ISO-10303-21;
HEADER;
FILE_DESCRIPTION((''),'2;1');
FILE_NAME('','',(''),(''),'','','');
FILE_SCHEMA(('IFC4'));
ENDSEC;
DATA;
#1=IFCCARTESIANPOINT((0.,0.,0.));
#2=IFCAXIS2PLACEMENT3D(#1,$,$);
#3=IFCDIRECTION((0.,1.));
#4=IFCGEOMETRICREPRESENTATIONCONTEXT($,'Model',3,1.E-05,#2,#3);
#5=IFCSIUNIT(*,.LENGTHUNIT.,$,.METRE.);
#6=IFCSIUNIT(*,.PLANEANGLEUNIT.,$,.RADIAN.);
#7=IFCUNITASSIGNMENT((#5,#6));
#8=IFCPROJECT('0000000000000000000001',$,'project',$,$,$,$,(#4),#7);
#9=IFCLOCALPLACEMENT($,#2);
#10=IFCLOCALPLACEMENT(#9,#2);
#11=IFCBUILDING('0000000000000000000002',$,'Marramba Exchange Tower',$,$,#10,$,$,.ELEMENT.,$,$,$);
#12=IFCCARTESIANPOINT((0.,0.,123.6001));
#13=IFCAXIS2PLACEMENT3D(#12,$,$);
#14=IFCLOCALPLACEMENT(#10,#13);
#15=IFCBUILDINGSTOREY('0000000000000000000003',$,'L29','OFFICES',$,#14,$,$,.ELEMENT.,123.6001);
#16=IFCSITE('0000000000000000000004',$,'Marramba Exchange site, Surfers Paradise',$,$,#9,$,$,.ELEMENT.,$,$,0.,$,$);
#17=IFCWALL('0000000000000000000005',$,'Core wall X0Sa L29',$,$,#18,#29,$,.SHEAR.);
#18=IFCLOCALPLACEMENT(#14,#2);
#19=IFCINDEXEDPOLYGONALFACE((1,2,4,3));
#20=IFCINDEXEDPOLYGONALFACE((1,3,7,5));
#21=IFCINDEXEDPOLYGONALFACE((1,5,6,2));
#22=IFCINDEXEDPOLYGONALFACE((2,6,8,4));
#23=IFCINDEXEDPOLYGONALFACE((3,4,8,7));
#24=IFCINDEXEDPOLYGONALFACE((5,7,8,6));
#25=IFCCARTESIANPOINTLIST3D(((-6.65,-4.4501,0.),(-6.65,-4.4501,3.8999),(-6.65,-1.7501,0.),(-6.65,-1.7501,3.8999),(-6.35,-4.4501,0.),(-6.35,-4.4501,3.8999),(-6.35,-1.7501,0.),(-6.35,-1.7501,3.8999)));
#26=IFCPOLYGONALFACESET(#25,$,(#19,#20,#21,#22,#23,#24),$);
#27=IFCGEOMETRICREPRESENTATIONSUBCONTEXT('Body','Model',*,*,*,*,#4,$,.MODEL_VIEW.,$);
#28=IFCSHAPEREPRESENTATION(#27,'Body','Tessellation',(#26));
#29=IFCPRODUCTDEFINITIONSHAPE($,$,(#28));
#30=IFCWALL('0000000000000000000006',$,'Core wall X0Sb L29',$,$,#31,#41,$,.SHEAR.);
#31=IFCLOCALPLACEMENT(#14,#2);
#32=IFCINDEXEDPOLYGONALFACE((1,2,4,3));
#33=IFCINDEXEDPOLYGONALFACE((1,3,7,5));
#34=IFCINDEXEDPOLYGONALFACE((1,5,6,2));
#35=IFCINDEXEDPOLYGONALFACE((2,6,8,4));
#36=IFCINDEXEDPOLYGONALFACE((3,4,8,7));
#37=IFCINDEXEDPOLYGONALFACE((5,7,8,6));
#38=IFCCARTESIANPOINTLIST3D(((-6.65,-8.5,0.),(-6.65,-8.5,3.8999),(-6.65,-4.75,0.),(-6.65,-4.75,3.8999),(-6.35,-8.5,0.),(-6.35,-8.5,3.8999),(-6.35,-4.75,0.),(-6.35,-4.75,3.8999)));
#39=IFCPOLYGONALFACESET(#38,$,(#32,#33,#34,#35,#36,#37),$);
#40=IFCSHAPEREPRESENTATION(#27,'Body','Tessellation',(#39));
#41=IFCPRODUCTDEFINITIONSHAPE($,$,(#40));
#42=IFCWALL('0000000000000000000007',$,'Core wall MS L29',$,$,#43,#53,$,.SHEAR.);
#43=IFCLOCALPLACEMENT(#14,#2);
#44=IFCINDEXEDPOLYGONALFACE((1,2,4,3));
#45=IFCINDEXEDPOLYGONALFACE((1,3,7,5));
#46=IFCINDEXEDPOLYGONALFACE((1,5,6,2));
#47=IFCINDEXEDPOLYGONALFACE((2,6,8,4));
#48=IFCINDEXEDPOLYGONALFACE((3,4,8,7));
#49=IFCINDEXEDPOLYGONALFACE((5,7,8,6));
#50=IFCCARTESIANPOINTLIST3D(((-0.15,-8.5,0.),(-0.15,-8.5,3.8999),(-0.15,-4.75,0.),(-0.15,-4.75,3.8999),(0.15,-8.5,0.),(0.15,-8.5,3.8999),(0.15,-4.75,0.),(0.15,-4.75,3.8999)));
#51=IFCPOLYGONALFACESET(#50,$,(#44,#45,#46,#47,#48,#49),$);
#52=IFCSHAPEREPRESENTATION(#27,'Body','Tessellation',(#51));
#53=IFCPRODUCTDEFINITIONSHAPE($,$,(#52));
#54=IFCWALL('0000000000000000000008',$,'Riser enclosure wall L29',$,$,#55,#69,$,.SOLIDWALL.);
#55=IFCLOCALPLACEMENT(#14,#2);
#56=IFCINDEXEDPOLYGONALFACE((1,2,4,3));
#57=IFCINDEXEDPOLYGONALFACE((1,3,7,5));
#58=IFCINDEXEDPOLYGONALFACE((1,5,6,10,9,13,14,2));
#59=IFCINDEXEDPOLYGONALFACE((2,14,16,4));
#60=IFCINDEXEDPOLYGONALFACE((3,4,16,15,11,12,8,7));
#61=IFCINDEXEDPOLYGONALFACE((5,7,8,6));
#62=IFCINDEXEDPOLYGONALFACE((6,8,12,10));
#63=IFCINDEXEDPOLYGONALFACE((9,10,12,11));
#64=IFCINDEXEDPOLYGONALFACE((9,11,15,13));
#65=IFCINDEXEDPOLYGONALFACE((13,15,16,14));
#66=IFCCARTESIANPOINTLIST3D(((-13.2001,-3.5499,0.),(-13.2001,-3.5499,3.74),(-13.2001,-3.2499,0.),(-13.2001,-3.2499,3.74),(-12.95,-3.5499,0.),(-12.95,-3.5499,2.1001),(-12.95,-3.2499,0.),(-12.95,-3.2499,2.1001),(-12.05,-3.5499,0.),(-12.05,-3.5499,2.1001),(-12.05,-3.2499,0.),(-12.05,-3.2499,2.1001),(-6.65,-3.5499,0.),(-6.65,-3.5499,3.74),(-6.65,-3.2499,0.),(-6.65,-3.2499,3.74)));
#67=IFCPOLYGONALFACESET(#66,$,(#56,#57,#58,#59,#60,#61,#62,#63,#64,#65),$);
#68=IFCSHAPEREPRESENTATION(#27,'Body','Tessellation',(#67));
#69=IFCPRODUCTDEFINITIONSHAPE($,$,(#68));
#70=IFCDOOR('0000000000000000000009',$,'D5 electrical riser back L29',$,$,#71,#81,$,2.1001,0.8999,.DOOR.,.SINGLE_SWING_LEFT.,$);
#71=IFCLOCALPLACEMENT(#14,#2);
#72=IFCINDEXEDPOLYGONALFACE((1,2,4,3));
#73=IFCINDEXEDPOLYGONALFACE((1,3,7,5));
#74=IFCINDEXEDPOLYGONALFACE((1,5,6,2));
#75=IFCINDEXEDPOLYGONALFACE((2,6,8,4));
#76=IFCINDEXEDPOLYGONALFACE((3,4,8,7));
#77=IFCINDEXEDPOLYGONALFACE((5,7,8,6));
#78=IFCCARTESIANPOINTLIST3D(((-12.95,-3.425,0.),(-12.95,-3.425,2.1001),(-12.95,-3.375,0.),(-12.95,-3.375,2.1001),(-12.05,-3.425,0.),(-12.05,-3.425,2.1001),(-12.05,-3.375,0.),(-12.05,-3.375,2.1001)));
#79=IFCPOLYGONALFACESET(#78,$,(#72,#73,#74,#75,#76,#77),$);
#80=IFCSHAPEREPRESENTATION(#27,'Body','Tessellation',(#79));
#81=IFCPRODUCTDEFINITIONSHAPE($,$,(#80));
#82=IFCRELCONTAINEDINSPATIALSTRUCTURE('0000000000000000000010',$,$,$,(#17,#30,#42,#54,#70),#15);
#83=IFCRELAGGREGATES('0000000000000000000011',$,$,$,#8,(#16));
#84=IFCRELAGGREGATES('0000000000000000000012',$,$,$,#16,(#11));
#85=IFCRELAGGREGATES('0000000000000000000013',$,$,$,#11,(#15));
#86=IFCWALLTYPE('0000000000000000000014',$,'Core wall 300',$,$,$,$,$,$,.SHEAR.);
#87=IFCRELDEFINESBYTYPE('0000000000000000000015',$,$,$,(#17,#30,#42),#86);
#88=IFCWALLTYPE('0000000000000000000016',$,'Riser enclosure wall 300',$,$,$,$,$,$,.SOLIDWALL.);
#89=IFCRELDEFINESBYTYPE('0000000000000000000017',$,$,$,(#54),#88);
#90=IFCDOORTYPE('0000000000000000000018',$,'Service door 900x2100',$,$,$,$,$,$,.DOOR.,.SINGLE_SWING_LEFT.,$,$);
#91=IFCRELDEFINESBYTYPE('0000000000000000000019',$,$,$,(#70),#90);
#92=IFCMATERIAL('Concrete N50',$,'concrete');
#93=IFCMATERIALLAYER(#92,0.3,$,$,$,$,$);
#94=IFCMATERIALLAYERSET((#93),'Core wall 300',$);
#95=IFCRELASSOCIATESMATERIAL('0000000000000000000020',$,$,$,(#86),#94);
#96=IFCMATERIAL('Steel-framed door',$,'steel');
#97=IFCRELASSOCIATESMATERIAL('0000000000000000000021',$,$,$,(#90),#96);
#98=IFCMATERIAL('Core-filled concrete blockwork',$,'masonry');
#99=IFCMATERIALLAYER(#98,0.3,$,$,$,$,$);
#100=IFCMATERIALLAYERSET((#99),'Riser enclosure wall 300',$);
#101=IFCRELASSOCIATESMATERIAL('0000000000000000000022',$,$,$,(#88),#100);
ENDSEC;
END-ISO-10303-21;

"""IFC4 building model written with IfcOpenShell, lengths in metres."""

from ifc_helpers import new_model, si_unit, direction, frame, frame_2d, origin, place, context, subcontext, project, spatial, rectangle, extrude, material, layer, layer_set, type_object, element, fill, save


model = new_model("IFC4")

# Units and contexts
model_context = context("Model", 3, precision=1e-05, world=origin(), true_north=direction((0.0, 1.0)))
body_context = subcontext(model_context, "Body", "Model", "MODEL_VIEW")
ifc_project = project(units=[si_unit("LENGTHUNIT", "METRE"), si_unit("PLANEANGLEUNIT", "RADIAN")], contexts=[model_context])

# Site, building, storey
site_placement = place(None, origin())
site = spatial("IfcSite", under=ifc_project, at=site_placement, Name="Marramba Exchange site, Surfers Paradise", CompositionType="ELEMENT", RefElevation=0.0)
building_placement = place(site_placement, origin())
building = spatial("IfcBuilding", under=site, at=building_placement, Name="Marramba Exchange Tower", CompositionType="ELEMENT")
storey_placement = place(building_placement, frame((0.0, 0.0, 123.6001)))
storey = spatial("IfcBuildingStorey", under=building, at=storey_placement, Name="L29", Description="OFFICES", CompositionType="ELEMENT", Elevation=123.6001)

# Shared definitions
ifc_material_1 = material(Name="Concrete N50", Category="concrete")

# Shared definitions
ifc_layer_1 = layer(ifc_material_1, 0.3)
ifc_layer_set_1 = layer_set([ifc_layer_1], Name="Core wall 300")
wall_type_1 = type_object("IfcWallType", Name="Core wall 300", PredefinedType="SHEAR", material=ifc_layer_set_1)
ifc_material_2 = material(Name="Steel-framed door", Category="steel")
door_type_1 = type_object("IfcDoorType", Name="Service door 900x2100", OperationType="SINGLE_SWING_LEFT", PredefinedType="DOOR", material=ifc_material_2)

# Walls
wall_1_placement = place(storey_placement, frame((-6.5, -1.75, 0.0), z_axis=(0.0, 0.0, 1.0), x_axis=(0.0, -1.0, 0.0)))
element("IfcWall", 1, at=wall_1_placement, inside=storey, type_object=wall_type_1, Name="Core wall X0Sa L29", PredefinedType="SHEAR", context=body_context, shape_type="SweptSolid", body=[
    extrude(rectangle(XDim=2.7, YDim=0.3, at=frame_2d((1.3501, 0.0))), origin(), (0.0, 0.0, 1.0), 3.8999),
])
for number, where, z_axis, x_axis, name in (
    (2, (-6.5, -4.75, 0.0), (0.0, 0.0, 1.0), (0.0, -1.0, 0.0), "Core wall X0Sb L29"),
    (3, (0.0, -4.75, 0.0), (0.0, 0.0, 1.0), (0.0, -1.0, 0.0), "Core wall MS L29"),
):
    element("IfcWall", number, at=place(storey_placement, frame(where, z_axis=z_axis, x_axis=x_axis)), inside=storey, type_object=wall_type_1, Name=name, PredefinedType="SHEAR", context=body_context, shape_type="SweptSolid", body=[
        extrude(rectangle(XDim=3.75, YDim=0.3, at=frame_2d((1.875, 0.0))), origin(), (0.0, 0.0, 1.0), 3.8999),
    ])

# Wall, opening, door
ifc_material_3 = material(Name="Core-filled concrete blockwork", Category="masonry")
ifc_layer_2 = layer(ifc_material_3, 0.3)
ifc_layer_set_2 = layer_set([ifc_layer_2], Name="Riser enclosure wall 300")
wall_type_2 = type_object("IfcWallType", Name="Riser enclosure wall 300", PredefinedType="SOLIDWALL", material=ifc_layer_set_2)
wall_2_placement = place(storey_placement, frame((-13.2, -3.3999, 0.0), z_axis=(0.0, 0.0, 1.0), x_axis=(1.0, 0.0, 0.0)))
wall_2 = element("IfcWall", 4, at=wall_2_placement, inside=storey, type_object=wall_type_2, Name="Riser enclosure wall L29", PredefinedType="SOLIDWALL", context=body_context, shape_type="SweptSolid", body=[
    extrude(rectangle(XDim=6.55, YDim=0.3, at=frame_2d((3.2749, 0.0))), origin(), (0.0, 0.0, 1.0), 3.74),
])
opening_1_placement = place(wall_2_placement, frame((0.25, 0.0, 0.0)))
opening_1 = element("IfcOpeningElement", 5, at=opening_1_placement, cuts=wall_2, PredefinedType="OPENING", context=body_context, shape_type="SweptSolid", body=[
    extrude(rectangle(XDim=0.8999, YDim=2.1001, at=frame_2d((0.45, 1.05))), frame((0.0, 0.1599, 0.0), z_axis=(0.0, -1.0, 0.0), x_axis=(1.0, 0.0, 0.0)), (0.0, 0.0, 1.0), 0.3201),
])
door_1_placement = place(opening_1_placement, origin())
door_1 = element("IfcDoor", 6, at=door_1_placement, inside=storey, type_object=door_type_1, Name="D5 electrical riser back L29", OperationType="SINGLE_SWING_LEFT", OverallHeight=2.1001, OverallWidth=0.8999, PredefinedType="DOOR", context=body_context, shape_type="SweptSolid", body=[
    extrude(rectangle(XDim=0.8999, YDim=2.1001, at=frame_2d((0.45, 1.05))), frame((0.0, 0.0249, 0.0), z_axis=(0.0, -1.0, 0.0), x_axis=(1.0, 0.0, 0.0)), (0.0, 0.0, 1.0), 0.05),
])
fill(opening_1, door_1)

save(model, "model.ifc")
